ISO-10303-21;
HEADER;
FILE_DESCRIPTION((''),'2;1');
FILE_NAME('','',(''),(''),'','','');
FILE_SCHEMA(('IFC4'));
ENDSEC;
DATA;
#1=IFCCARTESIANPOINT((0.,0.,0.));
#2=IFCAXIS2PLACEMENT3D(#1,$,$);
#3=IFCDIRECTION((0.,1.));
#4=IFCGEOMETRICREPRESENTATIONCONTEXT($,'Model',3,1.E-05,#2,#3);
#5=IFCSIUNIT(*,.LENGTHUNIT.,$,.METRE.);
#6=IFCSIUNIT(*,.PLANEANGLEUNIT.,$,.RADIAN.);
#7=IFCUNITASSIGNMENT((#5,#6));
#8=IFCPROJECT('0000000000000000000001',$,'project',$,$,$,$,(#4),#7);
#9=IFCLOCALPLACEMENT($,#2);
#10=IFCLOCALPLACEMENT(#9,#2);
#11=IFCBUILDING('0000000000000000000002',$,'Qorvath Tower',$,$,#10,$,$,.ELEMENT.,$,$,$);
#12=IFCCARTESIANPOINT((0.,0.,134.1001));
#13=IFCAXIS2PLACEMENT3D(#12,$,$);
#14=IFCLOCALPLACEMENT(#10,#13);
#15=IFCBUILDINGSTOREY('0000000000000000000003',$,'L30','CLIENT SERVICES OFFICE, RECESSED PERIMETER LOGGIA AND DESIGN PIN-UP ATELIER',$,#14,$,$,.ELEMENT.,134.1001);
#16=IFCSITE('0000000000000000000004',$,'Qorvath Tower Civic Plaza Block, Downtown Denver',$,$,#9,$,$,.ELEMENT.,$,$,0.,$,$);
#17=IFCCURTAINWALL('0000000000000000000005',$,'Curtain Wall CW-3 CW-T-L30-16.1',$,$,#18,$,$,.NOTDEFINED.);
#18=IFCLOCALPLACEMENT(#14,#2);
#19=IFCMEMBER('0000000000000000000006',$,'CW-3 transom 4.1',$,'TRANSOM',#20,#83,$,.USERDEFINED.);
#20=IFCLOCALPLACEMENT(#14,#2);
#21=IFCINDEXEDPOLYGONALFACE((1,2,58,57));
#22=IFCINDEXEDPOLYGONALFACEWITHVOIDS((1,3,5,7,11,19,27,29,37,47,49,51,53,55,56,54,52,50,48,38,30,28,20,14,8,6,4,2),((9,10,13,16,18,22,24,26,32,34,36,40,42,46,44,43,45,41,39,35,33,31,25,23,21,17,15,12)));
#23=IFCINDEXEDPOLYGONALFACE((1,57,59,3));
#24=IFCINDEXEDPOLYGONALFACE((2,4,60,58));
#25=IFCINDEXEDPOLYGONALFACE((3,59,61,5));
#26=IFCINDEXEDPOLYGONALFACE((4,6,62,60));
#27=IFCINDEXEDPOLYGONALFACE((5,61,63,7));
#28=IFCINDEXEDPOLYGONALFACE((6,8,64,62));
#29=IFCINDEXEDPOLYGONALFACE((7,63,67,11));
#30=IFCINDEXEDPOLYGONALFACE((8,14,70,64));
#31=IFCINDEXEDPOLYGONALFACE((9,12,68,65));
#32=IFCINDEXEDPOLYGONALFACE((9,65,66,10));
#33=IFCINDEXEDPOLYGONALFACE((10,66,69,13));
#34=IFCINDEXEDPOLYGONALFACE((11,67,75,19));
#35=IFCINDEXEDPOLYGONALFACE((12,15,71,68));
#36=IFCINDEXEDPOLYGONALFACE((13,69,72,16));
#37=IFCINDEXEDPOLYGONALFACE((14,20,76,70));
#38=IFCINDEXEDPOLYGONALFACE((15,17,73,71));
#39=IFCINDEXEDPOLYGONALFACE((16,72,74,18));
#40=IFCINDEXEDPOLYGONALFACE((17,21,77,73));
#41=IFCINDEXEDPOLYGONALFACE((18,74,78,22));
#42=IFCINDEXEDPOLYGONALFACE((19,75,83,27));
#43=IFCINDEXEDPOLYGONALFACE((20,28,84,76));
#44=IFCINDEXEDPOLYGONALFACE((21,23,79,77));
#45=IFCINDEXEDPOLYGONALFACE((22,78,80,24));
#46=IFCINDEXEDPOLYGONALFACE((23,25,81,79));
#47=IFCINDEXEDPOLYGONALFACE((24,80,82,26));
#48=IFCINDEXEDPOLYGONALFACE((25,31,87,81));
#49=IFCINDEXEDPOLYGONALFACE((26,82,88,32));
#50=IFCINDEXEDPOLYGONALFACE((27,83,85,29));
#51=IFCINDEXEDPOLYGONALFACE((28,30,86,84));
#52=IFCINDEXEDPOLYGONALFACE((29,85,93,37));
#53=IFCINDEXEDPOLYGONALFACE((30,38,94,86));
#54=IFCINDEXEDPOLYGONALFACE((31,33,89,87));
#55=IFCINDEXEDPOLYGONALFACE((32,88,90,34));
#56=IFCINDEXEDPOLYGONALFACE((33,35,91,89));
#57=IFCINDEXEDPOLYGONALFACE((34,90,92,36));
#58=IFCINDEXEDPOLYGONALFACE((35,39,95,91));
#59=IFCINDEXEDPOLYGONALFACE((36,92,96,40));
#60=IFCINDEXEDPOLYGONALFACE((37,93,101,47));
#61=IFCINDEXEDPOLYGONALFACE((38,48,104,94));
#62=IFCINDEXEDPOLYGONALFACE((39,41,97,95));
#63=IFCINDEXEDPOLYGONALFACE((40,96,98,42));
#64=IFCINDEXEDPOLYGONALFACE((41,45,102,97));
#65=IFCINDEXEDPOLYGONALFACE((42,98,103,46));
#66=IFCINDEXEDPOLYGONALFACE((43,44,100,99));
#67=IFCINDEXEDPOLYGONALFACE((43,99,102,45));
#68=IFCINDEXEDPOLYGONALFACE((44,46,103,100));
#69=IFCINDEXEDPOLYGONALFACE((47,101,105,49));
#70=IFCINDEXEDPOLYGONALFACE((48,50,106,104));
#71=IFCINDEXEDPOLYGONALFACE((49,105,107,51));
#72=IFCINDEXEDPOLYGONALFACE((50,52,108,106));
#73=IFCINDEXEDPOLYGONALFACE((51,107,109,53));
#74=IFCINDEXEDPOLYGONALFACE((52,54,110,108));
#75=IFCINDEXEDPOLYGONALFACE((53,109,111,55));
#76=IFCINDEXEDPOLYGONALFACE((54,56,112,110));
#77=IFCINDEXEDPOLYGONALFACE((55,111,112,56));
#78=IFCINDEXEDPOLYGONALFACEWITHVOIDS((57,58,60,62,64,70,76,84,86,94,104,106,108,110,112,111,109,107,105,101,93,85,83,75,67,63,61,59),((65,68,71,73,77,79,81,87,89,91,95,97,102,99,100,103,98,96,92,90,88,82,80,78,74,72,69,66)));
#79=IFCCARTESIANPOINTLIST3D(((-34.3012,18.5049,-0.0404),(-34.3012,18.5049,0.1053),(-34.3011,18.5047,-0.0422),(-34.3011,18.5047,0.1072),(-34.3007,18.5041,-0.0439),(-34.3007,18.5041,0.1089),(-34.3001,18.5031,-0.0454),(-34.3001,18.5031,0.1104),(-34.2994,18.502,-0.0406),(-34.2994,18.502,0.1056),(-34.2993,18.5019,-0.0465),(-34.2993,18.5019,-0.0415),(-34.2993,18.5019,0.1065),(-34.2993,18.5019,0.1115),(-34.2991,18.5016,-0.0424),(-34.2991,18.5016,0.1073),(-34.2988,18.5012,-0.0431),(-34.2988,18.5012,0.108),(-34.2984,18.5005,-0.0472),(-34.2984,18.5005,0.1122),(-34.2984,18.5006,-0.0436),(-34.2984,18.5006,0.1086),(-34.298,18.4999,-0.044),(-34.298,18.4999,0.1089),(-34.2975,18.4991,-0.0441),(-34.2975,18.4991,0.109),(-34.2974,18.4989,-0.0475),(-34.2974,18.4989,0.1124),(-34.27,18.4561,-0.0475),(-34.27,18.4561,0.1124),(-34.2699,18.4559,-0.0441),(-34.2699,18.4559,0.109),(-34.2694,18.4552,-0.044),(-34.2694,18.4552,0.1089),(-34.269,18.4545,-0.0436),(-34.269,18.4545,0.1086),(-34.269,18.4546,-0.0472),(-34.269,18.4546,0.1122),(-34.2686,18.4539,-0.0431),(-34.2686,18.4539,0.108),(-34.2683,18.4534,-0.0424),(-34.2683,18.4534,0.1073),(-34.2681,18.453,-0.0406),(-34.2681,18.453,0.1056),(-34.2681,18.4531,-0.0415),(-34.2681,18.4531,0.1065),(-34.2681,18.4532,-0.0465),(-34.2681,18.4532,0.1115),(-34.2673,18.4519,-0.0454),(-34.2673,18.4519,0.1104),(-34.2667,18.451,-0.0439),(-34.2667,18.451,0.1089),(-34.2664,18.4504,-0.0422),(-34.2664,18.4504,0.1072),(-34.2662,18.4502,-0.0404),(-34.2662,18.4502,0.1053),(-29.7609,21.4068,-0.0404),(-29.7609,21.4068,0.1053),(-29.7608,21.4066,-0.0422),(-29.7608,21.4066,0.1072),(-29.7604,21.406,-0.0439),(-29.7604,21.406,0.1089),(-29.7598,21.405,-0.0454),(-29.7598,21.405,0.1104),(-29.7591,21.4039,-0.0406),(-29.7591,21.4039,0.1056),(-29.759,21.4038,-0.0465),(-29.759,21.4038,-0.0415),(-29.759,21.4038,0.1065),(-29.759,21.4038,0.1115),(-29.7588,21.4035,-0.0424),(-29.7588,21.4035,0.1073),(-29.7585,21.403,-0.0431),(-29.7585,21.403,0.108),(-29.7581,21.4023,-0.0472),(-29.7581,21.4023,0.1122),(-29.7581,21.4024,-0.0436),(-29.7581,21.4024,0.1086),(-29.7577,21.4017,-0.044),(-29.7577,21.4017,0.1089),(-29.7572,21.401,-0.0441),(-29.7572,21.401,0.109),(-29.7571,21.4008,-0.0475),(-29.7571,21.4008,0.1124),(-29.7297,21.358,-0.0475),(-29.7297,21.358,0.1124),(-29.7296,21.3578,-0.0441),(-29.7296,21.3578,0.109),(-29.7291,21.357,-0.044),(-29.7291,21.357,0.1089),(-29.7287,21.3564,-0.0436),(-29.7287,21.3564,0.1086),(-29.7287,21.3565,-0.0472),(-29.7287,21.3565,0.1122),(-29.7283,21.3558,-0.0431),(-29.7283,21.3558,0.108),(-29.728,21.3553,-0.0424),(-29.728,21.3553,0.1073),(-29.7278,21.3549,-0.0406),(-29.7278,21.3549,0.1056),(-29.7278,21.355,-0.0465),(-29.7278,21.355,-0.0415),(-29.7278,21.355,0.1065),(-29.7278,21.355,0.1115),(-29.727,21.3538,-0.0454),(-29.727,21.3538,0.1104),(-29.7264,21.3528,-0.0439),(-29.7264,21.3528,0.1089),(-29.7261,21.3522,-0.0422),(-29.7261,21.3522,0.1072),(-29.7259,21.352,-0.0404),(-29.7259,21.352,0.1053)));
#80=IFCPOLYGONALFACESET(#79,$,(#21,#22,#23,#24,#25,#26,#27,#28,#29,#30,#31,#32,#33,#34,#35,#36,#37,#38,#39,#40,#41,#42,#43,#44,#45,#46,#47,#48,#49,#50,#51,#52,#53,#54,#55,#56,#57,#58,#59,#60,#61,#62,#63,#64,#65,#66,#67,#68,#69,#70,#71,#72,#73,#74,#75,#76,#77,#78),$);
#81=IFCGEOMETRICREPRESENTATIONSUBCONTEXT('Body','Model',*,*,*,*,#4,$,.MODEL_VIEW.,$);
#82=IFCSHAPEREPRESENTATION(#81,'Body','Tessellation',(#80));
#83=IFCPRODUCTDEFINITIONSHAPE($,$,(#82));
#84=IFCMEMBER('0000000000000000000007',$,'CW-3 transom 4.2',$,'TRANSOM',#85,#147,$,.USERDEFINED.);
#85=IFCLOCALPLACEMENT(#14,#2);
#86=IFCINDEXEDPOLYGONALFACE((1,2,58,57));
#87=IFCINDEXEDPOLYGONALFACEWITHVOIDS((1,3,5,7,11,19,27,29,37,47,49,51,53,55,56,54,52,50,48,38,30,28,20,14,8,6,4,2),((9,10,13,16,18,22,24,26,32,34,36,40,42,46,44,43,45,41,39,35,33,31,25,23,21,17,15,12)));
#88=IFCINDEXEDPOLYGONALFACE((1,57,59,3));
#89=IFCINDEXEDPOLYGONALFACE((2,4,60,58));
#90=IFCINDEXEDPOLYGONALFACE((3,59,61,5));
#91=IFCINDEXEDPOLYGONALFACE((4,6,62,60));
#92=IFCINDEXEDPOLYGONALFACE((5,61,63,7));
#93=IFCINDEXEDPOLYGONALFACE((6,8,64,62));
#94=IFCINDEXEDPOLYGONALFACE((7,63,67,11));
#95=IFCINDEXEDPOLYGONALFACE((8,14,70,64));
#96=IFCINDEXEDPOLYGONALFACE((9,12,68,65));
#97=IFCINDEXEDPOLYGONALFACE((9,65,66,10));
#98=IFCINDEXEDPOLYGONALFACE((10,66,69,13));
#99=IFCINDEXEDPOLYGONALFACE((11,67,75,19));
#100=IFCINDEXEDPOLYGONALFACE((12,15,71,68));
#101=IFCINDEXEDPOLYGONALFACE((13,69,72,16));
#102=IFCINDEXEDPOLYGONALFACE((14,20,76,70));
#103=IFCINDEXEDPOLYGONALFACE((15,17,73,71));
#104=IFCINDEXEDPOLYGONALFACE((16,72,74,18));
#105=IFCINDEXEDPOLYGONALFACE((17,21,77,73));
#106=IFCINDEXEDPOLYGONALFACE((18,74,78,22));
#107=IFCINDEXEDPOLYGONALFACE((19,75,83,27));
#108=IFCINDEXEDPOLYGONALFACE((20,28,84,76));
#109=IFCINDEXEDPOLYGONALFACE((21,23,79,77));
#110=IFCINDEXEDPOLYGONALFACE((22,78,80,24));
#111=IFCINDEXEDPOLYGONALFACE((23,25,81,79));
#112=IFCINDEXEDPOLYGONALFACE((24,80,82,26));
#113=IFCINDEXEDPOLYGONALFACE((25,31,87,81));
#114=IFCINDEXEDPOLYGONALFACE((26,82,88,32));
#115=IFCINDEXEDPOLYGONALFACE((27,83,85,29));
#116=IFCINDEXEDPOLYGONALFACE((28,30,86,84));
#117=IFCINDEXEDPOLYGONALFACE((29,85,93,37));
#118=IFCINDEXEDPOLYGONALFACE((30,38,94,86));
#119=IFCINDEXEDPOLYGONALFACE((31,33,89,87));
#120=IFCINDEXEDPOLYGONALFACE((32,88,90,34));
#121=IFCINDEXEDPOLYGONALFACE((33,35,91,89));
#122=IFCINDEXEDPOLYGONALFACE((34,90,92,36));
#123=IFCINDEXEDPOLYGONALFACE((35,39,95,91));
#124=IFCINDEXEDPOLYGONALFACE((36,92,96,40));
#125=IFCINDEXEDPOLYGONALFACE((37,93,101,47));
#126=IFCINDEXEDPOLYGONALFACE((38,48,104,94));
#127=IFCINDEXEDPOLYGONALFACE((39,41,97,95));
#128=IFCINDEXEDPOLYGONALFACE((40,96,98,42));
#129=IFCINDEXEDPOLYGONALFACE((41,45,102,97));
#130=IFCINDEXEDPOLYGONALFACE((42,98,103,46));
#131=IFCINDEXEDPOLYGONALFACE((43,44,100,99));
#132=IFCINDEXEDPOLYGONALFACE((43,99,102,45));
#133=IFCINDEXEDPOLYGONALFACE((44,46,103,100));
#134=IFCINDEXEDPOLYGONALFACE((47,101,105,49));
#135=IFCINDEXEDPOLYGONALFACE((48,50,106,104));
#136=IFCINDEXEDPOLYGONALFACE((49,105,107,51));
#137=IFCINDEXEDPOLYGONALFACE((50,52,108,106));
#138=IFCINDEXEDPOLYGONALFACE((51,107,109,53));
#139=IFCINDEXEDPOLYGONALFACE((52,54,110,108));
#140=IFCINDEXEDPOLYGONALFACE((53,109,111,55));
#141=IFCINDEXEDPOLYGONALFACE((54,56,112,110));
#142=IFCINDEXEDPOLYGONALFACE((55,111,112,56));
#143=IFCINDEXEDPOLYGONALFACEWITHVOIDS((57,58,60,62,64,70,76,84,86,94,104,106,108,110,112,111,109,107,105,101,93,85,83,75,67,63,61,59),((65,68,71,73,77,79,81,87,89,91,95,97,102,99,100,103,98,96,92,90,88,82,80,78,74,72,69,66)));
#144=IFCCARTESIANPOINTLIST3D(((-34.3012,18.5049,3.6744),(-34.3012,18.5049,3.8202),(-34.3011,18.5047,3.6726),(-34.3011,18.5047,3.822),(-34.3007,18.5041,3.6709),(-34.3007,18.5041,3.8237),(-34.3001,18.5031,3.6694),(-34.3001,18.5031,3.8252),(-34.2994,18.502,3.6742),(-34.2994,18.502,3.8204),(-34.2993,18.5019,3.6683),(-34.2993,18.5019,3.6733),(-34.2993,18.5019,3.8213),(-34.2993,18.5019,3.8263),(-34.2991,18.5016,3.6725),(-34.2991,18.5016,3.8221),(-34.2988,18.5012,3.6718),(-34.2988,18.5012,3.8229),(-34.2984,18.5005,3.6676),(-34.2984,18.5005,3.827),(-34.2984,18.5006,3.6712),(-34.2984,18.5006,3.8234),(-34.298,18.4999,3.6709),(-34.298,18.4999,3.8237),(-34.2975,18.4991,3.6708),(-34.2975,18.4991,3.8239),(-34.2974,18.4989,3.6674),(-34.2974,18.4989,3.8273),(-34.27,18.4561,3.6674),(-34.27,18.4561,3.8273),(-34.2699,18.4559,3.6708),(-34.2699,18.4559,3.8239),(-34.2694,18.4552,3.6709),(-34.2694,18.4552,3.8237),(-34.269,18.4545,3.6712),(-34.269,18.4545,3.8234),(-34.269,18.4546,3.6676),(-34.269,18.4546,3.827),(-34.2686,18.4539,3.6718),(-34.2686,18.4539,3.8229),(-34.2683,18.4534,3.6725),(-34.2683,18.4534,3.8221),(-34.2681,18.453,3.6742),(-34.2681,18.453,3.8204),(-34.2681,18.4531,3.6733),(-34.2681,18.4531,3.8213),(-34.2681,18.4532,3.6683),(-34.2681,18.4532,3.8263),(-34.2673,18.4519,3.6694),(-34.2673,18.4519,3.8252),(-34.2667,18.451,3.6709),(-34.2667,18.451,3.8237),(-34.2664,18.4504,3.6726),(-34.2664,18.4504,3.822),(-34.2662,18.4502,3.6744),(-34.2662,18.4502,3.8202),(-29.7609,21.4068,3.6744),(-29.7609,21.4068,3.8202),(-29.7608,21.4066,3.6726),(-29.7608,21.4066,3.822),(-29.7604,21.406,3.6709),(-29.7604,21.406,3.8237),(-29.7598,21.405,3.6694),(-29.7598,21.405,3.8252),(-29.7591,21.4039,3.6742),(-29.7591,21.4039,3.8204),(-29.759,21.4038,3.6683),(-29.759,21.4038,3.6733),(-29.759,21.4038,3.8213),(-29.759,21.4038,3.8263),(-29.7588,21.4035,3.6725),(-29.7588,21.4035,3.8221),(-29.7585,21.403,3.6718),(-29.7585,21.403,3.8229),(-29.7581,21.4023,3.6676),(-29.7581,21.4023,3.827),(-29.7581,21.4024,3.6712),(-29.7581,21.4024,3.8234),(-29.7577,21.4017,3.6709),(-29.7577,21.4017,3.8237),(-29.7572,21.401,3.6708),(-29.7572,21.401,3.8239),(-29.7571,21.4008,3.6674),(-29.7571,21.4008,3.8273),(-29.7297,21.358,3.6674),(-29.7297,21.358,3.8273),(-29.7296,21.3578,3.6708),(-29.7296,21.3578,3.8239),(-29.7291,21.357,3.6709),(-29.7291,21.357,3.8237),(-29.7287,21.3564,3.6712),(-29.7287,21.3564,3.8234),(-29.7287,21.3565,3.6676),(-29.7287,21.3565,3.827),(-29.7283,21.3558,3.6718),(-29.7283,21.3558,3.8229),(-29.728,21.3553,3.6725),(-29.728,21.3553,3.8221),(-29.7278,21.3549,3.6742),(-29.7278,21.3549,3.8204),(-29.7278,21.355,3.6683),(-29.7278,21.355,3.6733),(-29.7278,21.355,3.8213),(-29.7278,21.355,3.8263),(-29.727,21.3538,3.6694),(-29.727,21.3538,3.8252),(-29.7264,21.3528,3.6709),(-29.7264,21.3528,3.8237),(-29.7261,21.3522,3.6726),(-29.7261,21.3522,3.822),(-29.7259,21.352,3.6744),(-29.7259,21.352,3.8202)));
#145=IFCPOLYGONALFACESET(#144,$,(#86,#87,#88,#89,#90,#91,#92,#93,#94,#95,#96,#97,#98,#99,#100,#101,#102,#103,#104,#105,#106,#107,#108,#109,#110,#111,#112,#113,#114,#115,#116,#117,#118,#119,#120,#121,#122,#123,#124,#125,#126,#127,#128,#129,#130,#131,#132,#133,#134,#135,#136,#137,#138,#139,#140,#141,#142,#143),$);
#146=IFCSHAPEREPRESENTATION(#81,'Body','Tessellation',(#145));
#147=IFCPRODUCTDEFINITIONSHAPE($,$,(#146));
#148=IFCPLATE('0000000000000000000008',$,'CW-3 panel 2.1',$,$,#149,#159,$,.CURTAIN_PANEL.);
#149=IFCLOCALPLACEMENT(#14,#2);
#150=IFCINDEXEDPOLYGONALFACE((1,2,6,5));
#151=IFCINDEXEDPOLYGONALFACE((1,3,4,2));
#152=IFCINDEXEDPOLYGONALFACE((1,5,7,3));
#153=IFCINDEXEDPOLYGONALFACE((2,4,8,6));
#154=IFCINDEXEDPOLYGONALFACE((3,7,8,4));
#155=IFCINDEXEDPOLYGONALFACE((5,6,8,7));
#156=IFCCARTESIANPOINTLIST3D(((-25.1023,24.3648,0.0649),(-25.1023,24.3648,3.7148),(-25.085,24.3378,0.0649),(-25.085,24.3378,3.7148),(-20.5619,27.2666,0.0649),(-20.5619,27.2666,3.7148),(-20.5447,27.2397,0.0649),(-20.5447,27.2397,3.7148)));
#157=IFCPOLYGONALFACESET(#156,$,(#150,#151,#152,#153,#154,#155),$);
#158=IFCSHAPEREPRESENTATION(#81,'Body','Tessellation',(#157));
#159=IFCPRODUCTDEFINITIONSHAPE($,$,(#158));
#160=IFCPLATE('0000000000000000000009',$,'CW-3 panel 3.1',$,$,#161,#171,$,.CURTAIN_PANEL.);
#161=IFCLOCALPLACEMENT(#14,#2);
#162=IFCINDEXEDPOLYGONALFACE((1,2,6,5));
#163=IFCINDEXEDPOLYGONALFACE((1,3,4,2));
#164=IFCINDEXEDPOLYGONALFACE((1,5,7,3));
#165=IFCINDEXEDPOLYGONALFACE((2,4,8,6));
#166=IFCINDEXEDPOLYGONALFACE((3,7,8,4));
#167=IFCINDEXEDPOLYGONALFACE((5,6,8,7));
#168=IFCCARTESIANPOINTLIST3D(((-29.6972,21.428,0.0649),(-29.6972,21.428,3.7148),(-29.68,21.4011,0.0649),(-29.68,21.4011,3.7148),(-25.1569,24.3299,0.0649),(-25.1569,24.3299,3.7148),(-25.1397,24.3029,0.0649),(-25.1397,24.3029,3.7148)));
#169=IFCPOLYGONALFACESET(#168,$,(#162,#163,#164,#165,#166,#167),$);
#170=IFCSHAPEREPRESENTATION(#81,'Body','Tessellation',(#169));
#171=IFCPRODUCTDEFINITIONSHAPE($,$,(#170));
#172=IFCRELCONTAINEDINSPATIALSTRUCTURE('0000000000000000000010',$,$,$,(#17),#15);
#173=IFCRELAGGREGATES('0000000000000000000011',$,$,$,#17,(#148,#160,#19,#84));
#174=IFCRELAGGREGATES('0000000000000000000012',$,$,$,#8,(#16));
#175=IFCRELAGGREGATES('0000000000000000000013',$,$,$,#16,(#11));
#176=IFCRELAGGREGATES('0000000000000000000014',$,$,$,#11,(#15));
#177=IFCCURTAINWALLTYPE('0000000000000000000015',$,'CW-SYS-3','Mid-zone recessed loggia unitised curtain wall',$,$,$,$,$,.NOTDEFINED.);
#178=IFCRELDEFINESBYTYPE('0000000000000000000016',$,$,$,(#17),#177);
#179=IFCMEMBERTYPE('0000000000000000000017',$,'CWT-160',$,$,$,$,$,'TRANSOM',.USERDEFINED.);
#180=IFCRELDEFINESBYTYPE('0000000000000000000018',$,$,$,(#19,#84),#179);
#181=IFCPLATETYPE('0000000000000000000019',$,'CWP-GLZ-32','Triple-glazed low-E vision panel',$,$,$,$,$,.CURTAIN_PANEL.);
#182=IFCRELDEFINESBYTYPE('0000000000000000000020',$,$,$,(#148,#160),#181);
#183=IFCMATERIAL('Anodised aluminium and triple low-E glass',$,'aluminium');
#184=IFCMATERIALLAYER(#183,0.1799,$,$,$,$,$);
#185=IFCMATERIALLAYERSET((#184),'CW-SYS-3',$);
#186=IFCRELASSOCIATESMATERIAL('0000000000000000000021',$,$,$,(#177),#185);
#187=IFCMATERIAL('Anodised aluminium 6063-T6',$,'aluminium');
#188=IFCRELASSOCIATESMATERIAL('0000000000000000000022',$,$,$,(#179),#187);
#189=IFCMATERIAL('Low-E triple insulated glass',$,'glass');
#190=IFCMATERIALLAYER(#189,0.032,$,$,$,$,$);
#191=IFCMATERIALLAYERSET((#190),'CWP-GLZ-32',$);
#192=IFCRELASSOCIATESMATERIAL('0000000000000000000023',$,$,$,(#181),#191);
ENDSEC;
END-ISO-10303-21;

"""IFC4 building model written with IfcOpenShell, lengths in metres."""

from ifc_helpers import new_model, si_unit, direction, frame, origin, origin_2d, place, context, subcontext, project, spatial, rectangle, hollow_rectangle, extrude, material, layer, layer_set, material_profile, profile_set, type_object, element, aggregate, save


model = new_model("IFC4")

# Units and contexts
model_context = context("Model", 3, precision=1e-05, world=origin(), true_north=direction((0.0, 1.0)))
body_context = subcontext(model_context, "Body", "Model", "MODEL_VIEW")
ifc_project = project(units=[si_unit("LENGTHUNIT", "METRE"), si_unit("PLANEANGLEUNIT", "RADIAN")], contexts=[model_context])

# Site, building, storey
site_placement = place(None, origin())
site = spatial("IfcSite", under=ifc_project, at=site_placement, Name="Qorvath Tower Civic Plaza Block, Downtown Denver", CompositionType="ELEMENT", RefElevation=0.0)
building_placement = place(site_placement, origin())
building = spatial("IfcBuilding", under=site, at=building_placement, Name="Qorvath Tower", CompositionType="ELEMENT")
storey_placement = place(building_placement, frame((0.0, 0.0, 134.1001)))
storey = spatial("IfcBuildingStorey", under=building, at=storey_placement, Name="L30", Description="CLIENT SERVICES OFFICE, RECESSED PERIMETER LOGGIA AND DESIGN PIN-UP ATELIER", CompositionType="ELEMENT", Elevation=134.1001)

# Curtain wall, members, plates
ifc_material_1 = material(Name="Anodised aluminium and triple low-E glass", Category="aluminium")
ifc_layer_1 = layer(ifc_material_1, 0.1799)
ifc_layer_set_1 = layer_set([ifc_layer_1], Name="CW-SYS-3")
curtain_wall_type = type_object("IfcCurtainWallType", Name="CW-SYS-3", Description="Mid-zone recessed loggia unitised curtain wall", PredefinedType="NOTDEFINED", material=ifc_layer_set_1)
curtain_wall_placement = place(storey_placement, origin())
curtain_wall = element("IfcCurtainWall", 1, at=curtain_wall_placement, inside=storey, type_object=curtain_wall_type, Name="Curtain Wall CW-3 CW-T-L30-16.1", PredefinedType="NOTDEFINED")
ifc_material_2 = material(Name="Anodised aluminium 6063-T6", Category="aluminium")
ifc_material_profile_1 = material_profile(ifc_material_2, hollow_rectangle(XDim=0.0649, YDim=0.1599, WallThickness=0.0034, InnerFilletRadius=0.0034, OuterFilletRadius=0.0071, at=origin_2d()), Name="CWT 160x65")
ifc_profile_set_1 = profile_set([ifc_material_profile_1], Name="Anodised aluminium 6063-T6")
member_type_1 = type_object("IfcMemberType", Name="CWT-160", ElementType="TRANSOM", PredefinedType="USERDEFINED", material=ifc_profile_set_1)
member_1_placement = place(storey_placement, frame((-29.7434, 21.3794, 0.0325), z_axis=(-0.842602, -0.538537, 0.0), x_axis=(0.538537, -0.842602, 0.0)))
member_1 = element("IfcMember", 2, at=member_1_placement, type_object=member_type_1, Name="CW-3 transom 4.1", ObjectType="TRANSOM", PredefinedType="USERDEFINED", context=body_context, shape_type="SweptSolid", body=[
    extrude(hollow_rectangle(XDim=0.0649, YDim=0.1599, WallThickness=0.0034, InnerFilletRadius=0.0034, OuterFilletRadius=0.0071, at=origin_2d()), origin(), (0.0, 0.0, 1.0), 5.3884),
])
member_2_placement = place(storey_placement, frame((-29.7434, 21.3794, 3.7473), z_axis=(-0.842602, -0.538537, 0.0), x_axis=(0.538537, -0.842602, 0.0)))
member_2 = element("IfcMember", 3, at=member_2_placement, type_object=member_type_1, Name="CW-3 transom 4.2", ObjectType="TRANSOM", PredefinedType="USERDEFINED", context=body_context, shape_type="SweptSolid", body=[
    extrude(hollow_rectangle(XDim=0.0649, YDim=0.1599, WallThickness=0.0034, InnerFilletRadius=0.0034, OuterFilletRadius=0.0071, at=origin_2d()), origin(), (0.0, 0.0, 1.0), 5.3884),
])
ifc_material_3 = material(Name="Low-E triple insulated glass", Category="glass")
ifc_layer_2 = layer(ifc_material_3, 0.032)
ifc_layer_set_2 = layer_set([ifc_layer_2], Name="CWP-GLZ-32")
plate_type = type_object("IfcPlateType", Name="CWP-GLZ-32", Description="Triple-glazed low-E vision panel", PredefinedType="CURTAIN_PANEL", material=ifc_layer_set_2)
plate_1_placement = place(storey_placement, frame((-22.8235, 25.8022, 0.0649), z_axis=(0.0, 0.0, 1.0), x_axis=(-0.842604, -0.538534, 0.0)))
plate_1 = element("IfcPlate", 4, at=plate_1_placement, type_object=plate_type, Name="CW-3 panel 2.1", PredefinedType="CURTAIN_PANEL", context=body_context, shape_type="SweptSolid", body=[
    extrude(rectangle(XDim=5.3884, YDim=0.032, at=origin_2d()), origin(), (0.0, 0.0, 1.0), 3.6499),
])
plate_2_placement = place(storey_placement, frame((-27.4185, 22.8655, 0.0649), z_axis=(0.0, 0.0, 1.0), x_axis=(-0.842604, -0.538534, 0.0)))
plate_2 = element("IfcPlate", 5, at=plate_2_placement, type_object=plate_type, Name="CW-3 panel 3.1", PredefinedType="CURTAIN_PANEL", context=body_context, shape_type="SweptSolid", body=[
    extrude(rectangle(XDim=5.3884, YDim=0.032, at=origin_2d()), origin(), (0.0, 0.0, 1.0), 3.6499),
])
aggregate(curtain_wall, [plate_1, plate_2, member_1, member_2])

save(model, "model.ifc")
